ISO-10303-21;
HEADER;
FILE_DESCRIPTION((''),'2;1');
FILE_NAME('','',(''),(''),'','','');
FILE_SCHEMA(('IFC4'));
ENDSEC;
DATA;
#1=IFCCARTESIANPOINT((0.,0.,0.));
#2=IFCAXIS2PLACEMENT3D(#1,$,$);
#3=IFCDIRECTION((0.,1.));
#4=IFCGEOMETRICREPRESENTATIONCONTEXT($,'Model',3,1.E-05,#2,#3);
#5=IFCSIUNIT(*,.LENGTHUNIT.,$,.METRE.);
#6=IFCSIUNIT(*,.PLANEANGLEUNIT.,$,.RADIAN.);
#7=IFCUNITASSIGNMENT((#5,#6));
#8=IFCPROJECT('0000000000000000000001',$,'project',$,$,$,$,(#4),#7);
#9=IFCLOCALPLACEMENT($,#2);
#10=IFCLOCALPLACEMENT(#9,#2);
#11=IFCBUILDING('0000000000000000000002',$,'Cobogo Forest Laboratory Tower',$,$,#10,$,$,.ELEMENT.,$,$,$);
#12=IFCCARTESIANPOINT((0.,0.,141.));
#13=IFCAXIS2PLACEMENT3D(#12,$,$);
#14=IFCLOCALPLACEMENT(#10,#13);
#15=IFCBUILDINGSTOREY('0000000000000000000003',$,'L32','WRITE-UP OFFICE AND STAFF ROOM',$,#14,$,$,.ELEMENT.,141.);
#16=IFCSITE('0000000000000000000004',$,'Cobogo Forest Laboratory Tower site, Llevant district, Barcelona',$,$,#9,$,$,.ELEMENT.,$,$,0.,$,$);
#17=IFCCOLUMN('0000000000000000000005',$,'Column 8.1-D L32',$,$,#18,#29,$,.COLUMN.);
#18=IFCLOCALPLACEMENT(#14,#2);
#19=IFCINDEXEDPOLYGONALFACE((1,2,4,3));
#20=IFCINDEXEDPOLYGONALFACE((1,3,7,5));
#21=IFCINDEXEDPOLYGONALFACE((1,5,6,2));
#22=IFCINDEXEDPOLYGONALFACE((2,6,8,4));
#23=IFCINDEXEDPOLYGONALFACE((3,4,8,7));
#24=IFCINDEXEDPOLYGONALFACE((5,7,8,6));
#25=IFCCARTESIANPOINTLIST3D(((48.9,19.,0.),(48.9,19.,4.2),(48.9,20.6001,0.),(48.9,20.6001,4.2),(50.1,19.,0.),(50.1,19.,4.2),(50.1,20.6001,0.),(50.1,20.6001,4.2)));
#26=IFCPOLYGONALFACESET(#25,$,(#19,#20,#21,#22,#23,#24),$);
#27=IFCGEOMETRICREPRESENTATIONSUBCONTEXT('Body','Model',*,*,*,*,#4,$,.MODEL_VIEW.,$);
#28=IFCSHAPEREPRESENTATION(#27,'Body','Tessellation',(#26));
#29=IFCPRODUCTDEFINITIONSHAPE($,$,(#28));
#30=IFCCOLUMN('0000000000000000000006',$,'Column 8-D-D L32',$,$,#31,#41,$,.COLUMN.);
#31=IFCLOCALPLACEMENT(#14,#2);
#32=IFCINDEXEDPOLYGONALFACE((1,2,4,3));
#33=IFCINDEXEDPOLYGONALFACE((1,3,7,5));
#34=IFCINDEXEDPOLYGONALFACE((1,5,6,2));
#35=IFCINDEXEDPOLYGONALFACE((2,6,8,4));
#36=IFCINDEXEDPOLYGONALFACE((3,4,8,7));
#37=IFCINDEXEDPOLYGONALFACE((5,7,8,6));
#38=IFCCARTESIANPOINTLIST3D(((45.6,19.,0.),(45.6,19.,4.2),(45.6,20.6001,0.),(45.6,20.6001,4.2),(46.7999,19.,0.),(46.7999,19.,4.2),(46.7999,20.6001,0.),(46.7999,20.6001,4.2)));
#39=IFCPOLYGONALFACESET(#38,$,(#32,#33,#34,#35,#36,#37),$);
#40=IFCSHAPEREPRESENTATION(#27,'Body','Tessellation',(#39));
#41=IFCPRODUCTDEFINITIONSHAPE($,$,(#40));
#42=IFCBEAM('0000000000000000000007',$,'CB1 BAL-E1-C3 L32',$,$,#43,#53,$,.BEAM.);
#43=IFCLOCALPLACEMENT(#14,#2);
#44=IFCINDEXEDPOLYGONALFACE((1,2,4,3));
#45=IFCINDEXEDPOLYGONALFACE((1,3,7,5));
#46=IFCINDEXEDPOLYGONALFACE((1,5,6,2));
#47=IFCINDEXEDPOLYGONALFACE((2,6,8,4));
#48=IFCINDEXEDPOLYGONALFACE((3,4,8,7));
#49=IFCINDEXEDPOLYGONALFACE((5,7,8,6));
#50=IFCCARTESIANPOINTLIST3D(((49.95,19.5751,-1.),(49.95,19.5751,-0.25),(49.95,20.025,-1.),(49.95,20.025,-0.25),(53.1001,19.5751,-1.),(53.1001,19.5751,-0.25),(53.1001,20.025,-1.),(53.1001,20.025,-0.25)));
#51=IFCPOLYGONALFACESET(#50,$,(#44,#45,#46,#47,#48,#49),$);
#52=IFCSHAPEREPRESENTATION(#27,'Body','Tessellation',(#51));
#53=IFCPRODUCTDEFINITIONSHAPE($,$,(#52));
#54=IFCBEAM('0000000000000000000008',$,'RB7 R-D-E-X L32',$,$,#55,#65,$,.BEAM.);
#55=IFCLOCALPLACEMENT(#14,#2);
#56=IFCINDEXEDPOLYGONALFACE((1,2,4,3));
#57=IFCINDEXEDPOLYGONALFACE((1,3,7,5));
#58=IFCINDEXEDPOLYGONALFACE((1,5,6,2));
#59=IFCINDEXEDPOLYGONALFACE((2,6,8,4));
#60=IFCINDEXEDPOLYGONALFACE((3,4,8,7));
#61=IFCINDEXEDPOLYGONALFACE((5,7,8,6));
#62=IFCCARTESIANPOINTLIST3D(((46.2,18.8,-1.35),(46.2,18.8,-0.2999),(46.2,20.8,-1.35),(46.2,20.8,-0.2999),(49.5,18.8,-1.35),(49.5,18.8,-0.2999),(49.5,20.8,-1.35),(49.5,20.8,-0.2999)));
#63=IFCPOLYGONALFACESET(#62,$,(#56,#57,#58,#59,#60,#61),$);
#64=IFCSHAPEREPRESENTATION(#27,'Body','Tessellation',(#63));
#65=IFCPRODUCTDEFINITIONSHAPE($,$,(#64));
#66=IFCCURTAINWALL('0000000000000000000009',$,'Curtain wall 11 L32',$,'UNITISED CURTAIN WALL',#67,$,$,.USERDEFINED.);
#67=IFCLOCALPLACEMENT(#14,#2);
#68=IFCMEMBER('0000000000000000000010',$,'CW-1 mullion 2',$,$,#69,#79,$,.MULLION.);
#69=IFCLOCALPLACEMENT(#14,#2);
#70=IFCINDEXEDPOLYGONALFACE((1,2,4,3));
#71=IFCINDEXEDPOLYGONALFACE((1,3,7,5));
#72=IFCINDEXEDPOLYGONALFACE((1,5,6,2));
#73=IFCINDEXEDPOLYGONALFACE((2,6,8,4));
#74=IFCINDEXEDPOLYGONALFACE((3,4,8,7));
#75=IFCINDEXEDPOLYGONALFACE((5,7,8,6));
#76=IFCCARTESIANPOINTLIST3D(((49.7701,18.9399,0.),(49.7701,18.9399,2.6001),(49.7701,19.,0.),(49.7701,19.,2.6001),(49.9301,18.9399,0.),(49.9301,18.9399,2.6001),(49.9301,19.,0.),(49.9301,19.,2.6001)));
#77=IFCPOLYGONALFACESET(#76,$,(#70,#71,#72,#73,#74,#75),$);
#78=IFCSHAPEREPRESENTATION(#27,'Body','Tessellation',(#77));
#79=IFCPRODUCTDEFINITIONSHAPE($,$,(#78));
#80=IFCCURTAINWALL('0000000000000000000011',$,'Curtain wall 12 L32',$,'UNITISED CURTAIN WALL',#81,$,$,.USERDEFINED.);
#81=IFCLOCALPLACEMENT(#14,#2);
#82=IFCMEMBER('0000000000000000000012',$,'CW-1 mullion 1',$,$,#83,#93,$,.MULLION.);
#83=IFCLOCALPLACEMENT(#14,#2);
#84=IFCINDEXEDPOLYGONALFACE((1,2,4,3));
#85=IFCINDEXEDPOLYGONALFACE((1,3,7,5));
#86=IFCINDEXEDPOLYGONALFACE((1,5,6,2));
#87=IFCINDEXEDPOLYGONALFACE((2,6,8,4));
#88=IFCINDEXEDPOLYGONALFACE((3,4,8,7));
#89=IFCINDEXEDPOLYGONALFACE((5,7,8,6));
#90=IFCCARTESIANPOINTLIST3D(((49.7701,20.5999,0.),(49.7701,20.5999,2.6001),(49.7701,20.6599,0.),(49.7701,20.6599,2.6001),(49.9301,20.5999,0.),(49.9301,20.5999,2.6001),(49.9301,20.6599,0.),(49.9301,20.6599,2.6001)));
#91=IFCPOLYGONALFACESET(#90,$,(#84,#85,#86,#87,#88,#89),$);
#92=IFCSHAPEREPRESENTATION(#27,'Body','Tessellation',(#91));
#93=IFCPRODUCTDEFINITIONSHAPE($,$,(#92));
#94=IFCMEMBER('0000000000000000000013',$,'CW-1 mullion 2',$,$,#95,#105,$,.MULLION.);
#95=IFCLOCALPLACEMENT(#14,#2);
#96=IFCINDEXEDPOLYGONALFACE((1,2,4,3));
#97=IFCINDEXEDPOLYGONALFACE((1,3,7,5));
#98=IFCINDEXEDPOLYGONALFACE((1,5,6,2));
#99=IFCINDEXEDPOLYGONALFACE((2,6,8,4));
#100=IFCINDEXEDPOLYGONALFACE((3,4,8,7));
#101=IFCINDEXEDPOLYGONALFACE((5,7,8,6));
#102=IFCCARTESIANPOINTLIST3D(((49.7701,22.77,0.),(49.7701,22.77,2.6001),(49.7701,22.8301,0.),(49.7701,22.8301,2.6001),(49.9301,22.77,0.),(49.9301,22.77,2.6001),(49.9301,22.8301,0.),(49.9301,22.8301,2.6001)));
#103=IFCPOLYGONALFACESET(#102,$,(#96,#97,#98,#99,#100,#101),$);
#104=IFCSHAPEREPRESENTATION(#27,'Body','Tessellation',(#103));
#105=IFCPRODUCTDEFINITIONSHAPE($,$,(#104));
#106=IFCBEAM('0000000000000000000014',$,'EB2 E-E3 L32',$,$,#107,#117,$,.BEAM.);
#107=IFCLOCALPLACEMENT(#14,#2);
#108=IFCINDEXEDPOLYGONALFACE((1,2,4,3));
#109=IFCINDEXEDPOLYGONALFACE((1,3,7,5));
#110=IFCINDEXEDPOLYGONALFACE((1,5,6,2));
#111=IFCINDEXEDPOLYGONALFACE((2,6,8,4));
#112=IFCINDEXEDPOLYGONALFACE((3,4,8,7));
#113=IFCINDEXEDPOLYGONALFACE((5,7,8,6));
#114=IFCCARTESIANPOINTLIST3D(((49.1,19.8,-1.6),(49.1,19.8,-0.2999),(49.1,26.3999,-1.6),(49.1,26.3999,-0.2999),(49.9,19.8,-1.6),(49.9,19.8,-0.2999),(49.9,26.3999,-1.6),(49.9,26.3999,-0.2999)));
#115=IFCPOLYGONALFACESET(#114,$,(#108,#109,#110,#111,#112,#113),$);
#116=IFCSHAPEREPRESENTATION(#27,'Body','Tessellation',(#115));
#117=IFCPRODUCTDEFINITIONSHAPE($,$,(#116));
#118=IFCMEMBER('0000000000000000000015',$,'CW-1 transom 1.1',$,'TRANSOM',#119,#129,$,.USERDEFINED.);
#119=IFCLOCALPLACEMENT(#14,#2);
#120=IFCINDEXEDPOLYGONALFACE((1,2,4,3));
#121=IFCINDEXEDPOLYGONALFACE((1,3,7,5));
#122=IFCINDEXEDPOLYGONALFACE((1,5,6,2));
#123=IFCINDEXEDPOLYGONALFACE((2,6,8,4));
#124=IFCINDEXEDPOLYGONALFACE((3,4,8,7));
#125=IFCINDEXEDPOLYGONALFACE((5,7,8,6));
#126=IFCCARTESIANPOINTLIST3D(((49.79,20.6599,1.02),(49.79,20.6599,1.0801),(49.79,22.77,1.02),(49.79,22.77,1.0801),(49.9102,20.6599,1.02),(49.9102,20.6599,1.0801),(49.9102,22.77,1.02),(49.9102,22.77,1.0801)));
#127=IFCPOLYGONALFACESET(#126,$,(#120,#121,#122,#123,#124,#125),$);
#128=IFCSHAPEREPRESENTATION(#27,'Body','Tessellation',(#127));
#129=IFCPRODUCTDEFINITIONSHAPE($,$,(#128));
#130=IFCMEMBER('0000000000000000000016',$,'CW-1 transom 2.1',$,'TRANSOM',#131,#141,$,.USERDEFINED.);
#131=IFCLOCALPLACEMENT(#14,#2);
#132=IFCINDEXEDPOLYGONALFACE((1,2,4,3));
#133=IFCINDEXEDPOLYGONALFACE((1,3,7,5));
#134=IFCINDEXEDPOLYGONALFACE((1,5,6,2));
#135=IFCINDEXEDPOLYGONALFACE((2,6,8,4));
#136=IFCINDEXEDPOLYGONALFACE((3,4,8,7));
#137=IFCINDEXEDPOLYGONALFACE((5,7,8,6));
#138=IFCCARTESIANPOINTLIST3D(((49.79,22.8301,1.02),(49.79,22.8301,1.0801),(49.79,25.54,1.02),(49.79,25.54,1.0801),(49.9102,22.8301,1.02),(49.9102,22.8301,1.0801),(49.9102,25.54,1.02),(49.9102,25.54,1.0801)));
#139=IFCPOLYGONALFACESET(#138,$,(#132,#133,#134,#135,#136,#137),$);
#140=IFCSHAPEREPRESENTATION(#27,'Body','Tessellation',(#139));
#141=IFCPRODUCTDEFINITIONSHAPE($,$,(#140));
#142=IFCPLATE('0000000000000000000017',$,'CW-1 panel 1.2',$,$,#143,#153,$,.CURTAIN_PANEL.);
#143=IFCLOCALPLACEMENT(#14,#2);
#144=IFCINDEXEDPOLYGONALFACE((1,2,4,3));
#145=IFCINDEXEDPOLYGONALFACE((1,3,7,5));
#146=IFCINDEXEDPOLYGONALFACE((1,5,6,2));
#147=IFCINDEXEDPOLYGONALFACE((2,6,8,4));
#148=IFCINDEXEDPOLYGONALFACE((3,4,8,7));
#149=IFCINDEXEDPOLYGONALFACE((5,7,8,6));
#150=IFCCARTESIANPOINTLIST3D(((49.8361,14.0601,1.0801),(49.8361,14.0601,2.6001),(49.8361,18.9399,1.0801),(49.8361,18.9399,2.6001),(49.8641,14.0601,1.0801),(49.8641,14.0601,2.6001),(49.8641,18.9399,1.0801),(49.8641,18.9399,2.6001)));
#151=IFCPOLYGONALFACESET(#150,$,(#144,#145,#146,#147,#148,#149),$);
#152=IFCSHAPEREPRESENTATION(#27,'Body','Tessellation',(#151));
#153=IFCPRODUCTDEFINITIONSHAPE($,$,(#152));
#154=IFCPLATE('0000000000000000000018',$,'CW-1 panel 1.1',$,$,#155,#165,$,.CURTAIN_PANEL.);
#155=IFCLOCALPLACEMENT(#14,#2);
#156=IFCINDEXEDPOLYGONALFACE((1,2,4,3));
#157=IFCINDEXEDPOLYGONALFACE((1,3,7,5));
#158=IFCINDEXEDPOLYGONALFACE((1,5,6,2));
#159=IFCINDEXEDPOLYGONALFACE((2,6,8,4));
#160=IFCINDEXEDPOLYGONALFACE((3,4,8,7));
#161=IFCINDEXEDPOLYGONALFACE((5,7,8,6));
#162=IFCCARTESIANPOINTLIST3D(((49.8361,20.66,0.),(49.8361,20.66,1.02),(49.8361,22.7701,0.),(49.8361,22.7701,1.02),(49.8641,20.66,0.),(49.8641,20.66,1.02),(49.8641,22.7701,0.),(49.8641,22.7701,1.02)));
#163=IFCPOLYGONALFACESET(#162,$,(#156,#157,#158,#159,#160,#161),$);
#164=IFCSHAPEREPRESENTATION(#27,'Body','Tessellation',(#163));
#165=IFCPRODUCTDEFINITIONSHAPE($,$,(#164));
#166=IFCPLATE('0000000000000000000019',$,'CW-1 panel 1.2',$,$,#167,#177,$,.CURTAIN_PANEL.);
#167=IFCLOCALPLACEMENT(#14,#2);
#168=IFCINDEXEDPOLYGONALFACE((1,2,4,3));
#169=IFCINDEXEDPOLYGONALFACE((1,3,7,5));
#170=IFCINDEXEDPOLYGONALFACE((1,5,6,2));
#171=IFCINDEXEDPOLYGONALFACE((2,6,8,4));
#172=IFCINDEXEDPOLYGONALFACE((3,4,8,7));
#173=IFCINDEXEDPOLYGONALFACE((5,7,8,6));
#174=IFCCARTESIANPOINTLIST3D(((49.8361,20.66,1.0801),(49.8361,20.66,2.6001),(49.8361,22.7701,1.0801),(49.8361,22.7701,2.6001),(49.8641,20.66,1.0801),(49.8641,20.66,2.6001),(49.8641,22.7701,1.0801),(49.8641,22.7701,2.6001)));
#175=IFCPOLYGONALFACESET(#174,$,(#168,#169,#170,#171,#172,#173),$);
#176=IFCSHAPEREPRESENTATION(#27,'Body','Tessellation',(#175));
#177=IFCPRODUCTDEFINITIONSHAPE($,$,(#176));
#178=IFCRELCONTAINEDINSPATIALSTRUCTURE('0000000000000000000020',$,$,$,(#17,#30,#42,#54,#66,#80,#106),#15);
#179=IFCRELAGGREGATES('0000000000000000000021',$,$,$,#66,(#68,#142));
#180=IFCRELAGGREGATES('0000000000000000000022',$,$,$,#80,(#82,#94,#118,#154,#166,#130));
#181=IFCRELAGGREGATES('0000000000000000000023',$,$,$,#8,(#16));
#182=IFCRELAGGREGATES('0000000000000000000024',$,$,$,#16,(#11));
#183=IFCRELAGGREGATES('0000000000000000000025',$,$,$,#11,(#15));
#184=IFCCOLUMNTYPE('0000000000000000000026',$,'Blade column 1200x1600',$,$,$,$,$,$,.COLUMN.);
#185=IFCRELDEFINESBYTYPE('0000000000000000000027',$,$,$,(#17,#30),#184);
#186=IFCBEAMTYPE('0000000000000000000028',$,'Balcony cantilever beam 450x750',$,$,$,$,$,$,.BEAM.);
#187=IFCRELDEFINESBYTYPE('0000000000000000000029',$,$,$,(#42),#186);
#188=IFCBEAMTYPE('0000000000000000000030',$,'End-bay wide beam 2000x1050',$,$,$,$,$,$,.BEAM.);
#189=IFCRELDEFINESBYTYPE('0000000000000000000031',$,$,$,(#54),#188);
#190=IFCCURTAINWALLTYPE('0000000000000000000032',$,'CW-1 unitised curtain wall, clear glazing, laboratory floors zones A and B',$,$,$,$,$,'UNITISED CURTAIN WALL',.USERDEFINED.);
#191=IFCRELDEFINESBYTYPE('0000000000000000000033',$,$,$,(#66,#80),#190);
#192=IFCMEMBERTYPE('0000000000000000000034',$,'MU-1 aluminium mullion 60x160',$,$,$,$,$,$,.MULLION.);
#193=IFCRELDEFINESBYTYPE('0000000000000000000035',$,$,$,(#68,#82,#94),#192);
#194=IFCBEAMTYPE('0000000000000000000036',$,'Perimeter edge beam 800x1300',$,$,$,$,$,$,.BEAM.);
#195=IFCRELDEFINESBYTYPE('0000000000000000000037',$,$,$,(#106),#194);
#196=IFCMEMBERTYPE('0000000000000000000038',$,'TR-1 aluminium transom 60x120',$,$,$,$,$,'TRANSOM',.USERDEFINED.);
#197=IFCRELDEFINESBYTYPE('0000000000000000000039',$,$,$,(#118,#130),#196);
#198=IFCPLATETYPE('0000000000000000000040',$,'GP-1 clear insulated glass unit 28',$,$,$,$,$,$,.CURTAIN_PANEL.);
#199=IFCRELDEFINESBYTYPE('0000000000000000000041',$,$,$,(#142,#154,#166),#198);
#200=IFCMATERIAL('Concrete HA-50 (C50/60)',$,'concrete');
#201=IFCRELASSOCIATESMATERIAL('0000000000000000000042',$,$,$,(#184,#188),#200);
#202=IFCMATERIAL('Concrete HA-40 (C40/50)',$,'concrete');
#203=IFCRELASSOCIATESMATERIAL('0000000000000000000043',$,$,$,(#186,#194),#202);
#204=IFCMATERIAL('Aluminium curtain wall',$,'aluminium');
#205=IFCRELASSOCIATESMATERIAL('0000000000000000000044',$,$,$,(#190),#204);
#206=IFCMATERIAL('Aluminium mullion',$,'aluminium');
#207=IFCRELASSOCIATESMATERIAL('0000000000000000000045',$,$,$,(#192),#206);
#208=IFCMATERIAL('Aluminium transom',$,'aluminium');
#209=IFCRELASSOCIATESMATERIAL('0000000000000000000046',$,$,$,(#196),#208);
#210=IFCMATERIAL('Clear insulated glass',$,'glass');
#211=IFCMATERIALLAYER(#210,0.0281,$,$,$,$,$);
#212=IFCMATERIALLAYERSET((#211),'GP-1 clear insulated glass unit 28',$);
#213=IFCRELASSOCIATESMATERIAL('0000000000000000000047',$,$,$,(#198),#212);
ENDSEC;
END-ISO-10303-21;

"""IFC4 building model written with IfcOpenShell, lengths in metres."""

from ifc_helpers import new_model, si_unit, direction, frame, origin, origin_2d, place, context, subcontext, project, spatial, rectangle, extrude, material, layer, layer_set, material_profile, profile_set, type_object, element, aggregate, save


model = new_model("IFC4")

# Units and contexts
model_context = context("Model", 3, precision=1e-05, world=origin(), true_north=direction((0.0, 1.0)))
body_context = subcontext(model_context, "Body", "Model", "MODEL_VIEW")
ifc_project = project(units=[si_unit("LENGTHUNIT", "METRE"), si_unit("PLANEANGLEUNIT", "RADIAN")], contexts=[model_context])

# Site, building, storey
site_placement = place(None, origin())
site = spatial("IfcSite", under=ifc_project, at=site_placement, Name="Cobogo Forest Laboratory Tower site, Llevant district, Barcelona", CompositionType="ELEMENT", RefElevation=0.0)
building_placement = place(site_placement, origin())
building = spatial("IfcBuilding", under=site, at=building_placement, Name="Cobogo Forest Laboratory Tower", CompositionType="ELEMENT")
storey_placement = place(building_placement, frame((0.0, 0.0, 141.0)))
storey = spatial("IfcBuildingStorey", under=building, at=storey_placement, Name="L32", Description="WRITE-UP OFFICE AND STAFF ROOM", CompositionType="ELEMENT", Elevation=141.0)

# Columns
ifc_material_1 = material(Name="Concrete HA-50 (C50/60)", Category="concrete")
ifc_material_profile_1 = material_profile(ifc_material_1, rectangle(XDim=1.6001, YDim=1.2, at=origin_2d()), Name="RC 1200x1600")
ifc_profile_set_1 = profile_set([ifc_material_profile_1], Name="Concrete HA-50 (C50/60)")
column_type = type_object("IfcColumnType", Name="Blade column 1200x1600", PredefinedType="COLUMN", material=ifc_profile_set_1)
for number, where, z_axis, x_axis, name in (
    (1, (49.5, 19.8, 0.0), (0.0, 0.0, 1.0), (0.0, 1.0, 0.0), "Column 8.1-D L32"),
    (2, (46.2, 19.8, 0.0), (0.0, 0.0, 1.0), (0.0, 1.0, 0.0), "Column 8-D-D L32"),
):
    element("IfcColumn", number, at=place(storey_placement, frame(where, z_axis=z_axis, x_axis=x_axis)), inside=storey, type_object=column_type, Name=name, PredefinedType="COLUMN", context=body_context, shape_type="SweptSolid", body=[
        extrude(rectangle(XDim=1.6001, YDim=1.2, at=origin_2d()), origin(), (0.0, 0.0, 1.0), 4.2),
    ])

# Beams
ifc_material_2 = material(Name="Concrete HA-40 (C40/50)", Category="concrete")
ifc_material_profile_2 = material_profile(ifc_material_2, rectangle(XDim=0.45, YDim=0.75, at=origin_2d()), Name="RC 450x750")
ifc_profile_set_2 = profile_set([ifc_material_profile_2], Name="Concrete HA-40 (C40/50)")
beam_type_1 = type_object("IfcBeamType", Name="Balcony cantilever beam 450x750", PredefinedType="BEAM", material=ifc_profile_set_2)
beam_1_placement = place(storey_placement, frame((49.95, 19.8, -0.625), z_axis=(1.0, 0.0, 0.0), x_axis=(0.0, 1.0, 0.0)))
element("IfcBeam", 3, at=beam_1_placement, inside=storey, type_object=beam_type_1, Name="CB1 BAL-E1-C3 L32", PredefinedType="BEAM", context=body_context, shape_type="SweptSolid", body=[
    extrude(rectangle(XDim=0.45, YDim=0.75, at=origin_2d()), origin(), (0.0, 0.0, 1.0), 3.1501),
])
ifc_material_profile_3 = material_profile(ifc_material_1, rectangle(XDim=2.0, YDim=1.05, at=origin_2d()), Name="RC 2000x1050")
ifc_profile_set_3 = profile_set([ifc_material_profile_3], Name="Concrete HA-50 (C50/60)")
beam_type_2 = type_object("IfcBeamType", Name="End-bay wide beam 2000x1050", PredefinedType="BEAM", material=ifc_profile_set_3)
beam_2_placement = place(storey_placement, frame((49.5, 19.8, -0.825), z_axis=(-1.0, 0.0, 0.0), x_axis=(0.0, -1.0, 0.0)))
element("IfcBeam", 4, at=beam_2_placement, inside=storey, type_object=beam_type_2, Name="RB7 R-D-E-X L32", PredefinedType="BEAM", context=body_context, shape_type="SweptSolid", body=[
    extrude(rectangle(XDim=2.0, YDim=1.05, at=origin_2d()), origin(), (0.0, 0.0, 1.0), 3.3),
])

# Curtain wall, member
ifc_material_3 = material(Name="Aluminium curtain wall", Category="aluminium")
curtain_wall_type = type_object("IfcCurtainWallType", Name="CW-1 unitised curtain wall, clear glazing, laboratory floors zones A and B", ElementType="UNITISED CURTAIN WALL", PredefinedType="USERDEFINED", material=ifc_material_3)
curtain_wall_1_placement = place(storey_placement, origin())
curtain_wall_1 = element("IfcCurtainWall", 5, at=curtain_wall_1_placement, inside=storey, type_object=curtain_wall_type, Name="Curtain wall 11 L32", ObjectType="UNITISED CURTAIN WALL", PredefinedType="USERDEFINED")
ifc_material_4 = material(Name="Aluminium mullion", Category="aluminium")
ifc_material_profile_4 = material_profile(ifc_material_4, rectangle(XDim=0.0601, YDim=0.1599, at=origin_2d()), Name="AL 60x160")
ifc_profile_set_4 = profile_set([ifc_material_profile_4], Name="Aluminium mullion")
member_type_1 = type_object("IfcMemberType", Name="MU-1 aluminium mullion 60x160", PredefinedType="MULLION", material=ifc_profile_set_4)
member_1_placement = place(storey_placement, frame((49.8501, 18.97, 0.0), z_axis=(0.0, 0.0, 1.0), x_axis=(0.0, 1.0, 0.0)))
member_1 = element("IfcMember", 6, at=member_1_placement, type_object=member_type_1, Name="CW-1 mullion 2", PredefinedType="MULLION", context=body_context, shape_type="SweptSolid", body=[
    extrude(rectangle(XDim=0.0601, YDim=0.1599, at=origin_2d()), origin(), (0.0, 0.0, 1.0), 2.6001),
])

# Curtain wall, members
curtain_wall_2_placement = place(storey_placement, origin())
curtain_wall_2 = element("IfcCurtainWall", 7, at=curtain_wall_2_placement, inside=storey, type_object=curtain_wall_type, Name="Curtain wall 12 L32", ObjectType="UNITISED CURTAIN WALL", PredefinedType="USERDEFINED")
member_2_placement = place(storey_placement, frame((49.8501, 20.6299, 0.0), z_axis=(0.0, 0.0, 1.0), x_axis=(0.0, 1.0, 0.0)))
member_2 = element("IfcMember", 8, at=member_2_placement, type_object=member_type_1, Name="CW-1 mullion 1", PredefinedType="MULLION", context=body_context, shape_type="SweptSolid", body=[
    extrude(rectangle(XDim=0.0601, YDim=0.1599, at=origin_2d()), origin(), (0.0, 0.0, 1.0), 2.6001),
])
member_3_placement = place(storey_placement, frame((49.8501, 22.8, 0.0), z_axis=(0.0, 0.0, 1.0), x_axis=(0.0, 1.0, 0.0)))
member_3 = element("IfcMember", 9, at=member_3_placement, type_object=member_type_1, Name="CW-1 mullion 2", PredefinedType="MULLION", context=body_context, shape_type="SweptSolid", body=[
    extrude(rectangle(XDim=0.0601, YDim=0.1599, at=origin_2d()), origin(), (0.0, 0.0, 1.0), 2.6001),
])

# Beam
ifc_material_profile_5 = material_profile(ifc_material_2, rectangle(XDim=0.8, YDim=1.3, at=origin_2d()), Name="RC 800x1300")
ifc_profile_set_5 = profile_set([ifc_material_profile_5], Name="Concrete HA-40 (C40/50)")
beam_type_3 = type_object("IfcBeamType", Name="Perimeter edge beam 800x1300", PredefinedType="BEAM", material=ifc_profile_set_5)
beam_3_placement = place(storey_placement, frame((49.5, 19.8, -0.95), z_axis=(0.0, 1.0, 0.0), x_axis=(-1.0, 0.0, 0.0)))
element("IfcBeam", 10, at=beam_3_placement, inside=storey, type_object=beam_type_3, Name="EB2 E-E3 L32", PredefinedType="BEAM", context=body_context, shape_type="SweptSolid", body=[
    extrude(rectangle(XDim=0.8, YDim=1.3, at=origin_2d()), origin(), (0.0, 0.0, 1.0), 6.5999),
])

# Members
ifc_material_5 = material(Name="Aluminium transom", Category="aluminium")
ifc_material_profile_6 = material_profile(ifc_material_5, rectangle(XDim=0.1201, YDim=0.0601, at=origin_2d()), Name="AL 60x120")
ifc_profile_set_6 = profile_set([ifc_material_profile_6], Name="Aluminium transom")
member_type_2 = type_object("IfcMemberType", Name="TR-1 aluminium transom 60x120", ElementType="TRANSOM", PredefinedType="USERDEFINED", material=ifc_profile_set_6)
member_4_placement = place(storey_placement, frame((49.8501, 20.6599, 1.05), z_axis=(0.0, 1.0, 0.0), x_axis=(-1.0, 0.0, 0.0)))
member_4 = element("IfcMember", 11, at=member_4_placement, type_object=member_type_2, Name="CW-1 transom 1.1", ObjectType="TRANSOM", PredefinedType="USERDEFINED", context=body_context, shape_type="SweptSolid", body=[
    extrude(rectangle(XDim=0.1201, YDim=0.0601, at=origin_2d()), origin(), (0.0, 0.0, 1.0), 2.1101),
])
member_5_placement = place(storey_placement, frame((49.8501, 22.8301, 1.05), z_axis=(0.0, 1.0, 0.0), x_axis=(-1.0, 0.0, 0.0)))
member_5 = element("IfcMember", 12, at=member_5_placement, type_object=member_type_2, Name="CW-1 transom 2.1", ObjectType="TRANSOM", PredefinedType="USERDEFINED", context=body_context, shape_type="SweptSolid", body=[
    extrude(rectangle(XDim=0.1201, YDim=0.0601, at=origin_2d()), origin(), (0.0, 0.0, 1.0), 2.71),
])

# Plates
ifc_material_6 = material(Name="Clear insulated glass", Category="glass")
ifc_layer_1 = layer(ifc_material_6, 0.0281)
ifc_layer_set_1 = layer_set([ifc_layer_1], Name="GP-1 clear insulated glass unit 28")
plate_type_1 = type_object("IfcPlateType", Name="GP-1 clear insulated glass unit 28", PredefinedType="CURTAIN_PANEL", material=ifc_layer_set_1)
plate_1_placement = place(storey_placement, frame((49.8501, 16.5, 1.0801), z_axis=(0.0, 0.0, 1.0), x_axis=(0.0, 1.0, 0.0)))
plate_1 = element("IfcPlate", 13, at=plate_1_placement, type_object=plate_type_1, Name="CW-1 panel 1.2", PredefinedType="CURTAIN_PANEL", context=body_context, shape_type="SweptSolid", body=[
    extrude(rectangle(XDim=4.8799, YDim=0.0281, at=origin_2d()), origin(), (0.0, 0.0, 1.0), 1.52),
])
aggregate(curtain_wall_1, [member_1, plate_1])
plate_2_placement = place(storey_placement, frame((49.8501, 21.7151, 0.0), z_axis=(0.0, 0.0, 1.0), x_axis=(0.0, 1.0, 0.0)))
plate_2 = element("IfcPlate", 14, at=plate_2_placement, type_object=plate_type_1, Name="CW-1 panel 1.1", PredefinedType="CURTAIN_PANEL", context=body_context, shape_type="SweptSolid", body=[
    extrude(rectangle(XDim=2.1101, YDim=0.0281, at=origin_2d()), origin(), (0.0, 0.0, 1.0), 1.02),
])
plate_3_placement = place(storey_placement, frame((49.8501, 21.7151, 1.0801), z_axis=(0.0, 0.0, 1.0), x_axis=(0.0, 1.0, 0.0)))
plate_3 = element("IfcPlate", 15, at=plate_3_placement, type_object=plate_type_1, Name="CW-1 panel 1.2", PredefinedType="CURTAIN_PANEL", context=body_context, shape_type="SweptSolid", body=[
    extrude(rectangle(XDim=2.1101, YDim=0.0281, at=origin_2d()), origin(), (0.0, 0.0, 1.0), 1.52),
])
aggregate(curtain_wall_2, [member_2, member_3, member_4, plate_2, plate_3, member_5])

save(model, "model.ifc")
